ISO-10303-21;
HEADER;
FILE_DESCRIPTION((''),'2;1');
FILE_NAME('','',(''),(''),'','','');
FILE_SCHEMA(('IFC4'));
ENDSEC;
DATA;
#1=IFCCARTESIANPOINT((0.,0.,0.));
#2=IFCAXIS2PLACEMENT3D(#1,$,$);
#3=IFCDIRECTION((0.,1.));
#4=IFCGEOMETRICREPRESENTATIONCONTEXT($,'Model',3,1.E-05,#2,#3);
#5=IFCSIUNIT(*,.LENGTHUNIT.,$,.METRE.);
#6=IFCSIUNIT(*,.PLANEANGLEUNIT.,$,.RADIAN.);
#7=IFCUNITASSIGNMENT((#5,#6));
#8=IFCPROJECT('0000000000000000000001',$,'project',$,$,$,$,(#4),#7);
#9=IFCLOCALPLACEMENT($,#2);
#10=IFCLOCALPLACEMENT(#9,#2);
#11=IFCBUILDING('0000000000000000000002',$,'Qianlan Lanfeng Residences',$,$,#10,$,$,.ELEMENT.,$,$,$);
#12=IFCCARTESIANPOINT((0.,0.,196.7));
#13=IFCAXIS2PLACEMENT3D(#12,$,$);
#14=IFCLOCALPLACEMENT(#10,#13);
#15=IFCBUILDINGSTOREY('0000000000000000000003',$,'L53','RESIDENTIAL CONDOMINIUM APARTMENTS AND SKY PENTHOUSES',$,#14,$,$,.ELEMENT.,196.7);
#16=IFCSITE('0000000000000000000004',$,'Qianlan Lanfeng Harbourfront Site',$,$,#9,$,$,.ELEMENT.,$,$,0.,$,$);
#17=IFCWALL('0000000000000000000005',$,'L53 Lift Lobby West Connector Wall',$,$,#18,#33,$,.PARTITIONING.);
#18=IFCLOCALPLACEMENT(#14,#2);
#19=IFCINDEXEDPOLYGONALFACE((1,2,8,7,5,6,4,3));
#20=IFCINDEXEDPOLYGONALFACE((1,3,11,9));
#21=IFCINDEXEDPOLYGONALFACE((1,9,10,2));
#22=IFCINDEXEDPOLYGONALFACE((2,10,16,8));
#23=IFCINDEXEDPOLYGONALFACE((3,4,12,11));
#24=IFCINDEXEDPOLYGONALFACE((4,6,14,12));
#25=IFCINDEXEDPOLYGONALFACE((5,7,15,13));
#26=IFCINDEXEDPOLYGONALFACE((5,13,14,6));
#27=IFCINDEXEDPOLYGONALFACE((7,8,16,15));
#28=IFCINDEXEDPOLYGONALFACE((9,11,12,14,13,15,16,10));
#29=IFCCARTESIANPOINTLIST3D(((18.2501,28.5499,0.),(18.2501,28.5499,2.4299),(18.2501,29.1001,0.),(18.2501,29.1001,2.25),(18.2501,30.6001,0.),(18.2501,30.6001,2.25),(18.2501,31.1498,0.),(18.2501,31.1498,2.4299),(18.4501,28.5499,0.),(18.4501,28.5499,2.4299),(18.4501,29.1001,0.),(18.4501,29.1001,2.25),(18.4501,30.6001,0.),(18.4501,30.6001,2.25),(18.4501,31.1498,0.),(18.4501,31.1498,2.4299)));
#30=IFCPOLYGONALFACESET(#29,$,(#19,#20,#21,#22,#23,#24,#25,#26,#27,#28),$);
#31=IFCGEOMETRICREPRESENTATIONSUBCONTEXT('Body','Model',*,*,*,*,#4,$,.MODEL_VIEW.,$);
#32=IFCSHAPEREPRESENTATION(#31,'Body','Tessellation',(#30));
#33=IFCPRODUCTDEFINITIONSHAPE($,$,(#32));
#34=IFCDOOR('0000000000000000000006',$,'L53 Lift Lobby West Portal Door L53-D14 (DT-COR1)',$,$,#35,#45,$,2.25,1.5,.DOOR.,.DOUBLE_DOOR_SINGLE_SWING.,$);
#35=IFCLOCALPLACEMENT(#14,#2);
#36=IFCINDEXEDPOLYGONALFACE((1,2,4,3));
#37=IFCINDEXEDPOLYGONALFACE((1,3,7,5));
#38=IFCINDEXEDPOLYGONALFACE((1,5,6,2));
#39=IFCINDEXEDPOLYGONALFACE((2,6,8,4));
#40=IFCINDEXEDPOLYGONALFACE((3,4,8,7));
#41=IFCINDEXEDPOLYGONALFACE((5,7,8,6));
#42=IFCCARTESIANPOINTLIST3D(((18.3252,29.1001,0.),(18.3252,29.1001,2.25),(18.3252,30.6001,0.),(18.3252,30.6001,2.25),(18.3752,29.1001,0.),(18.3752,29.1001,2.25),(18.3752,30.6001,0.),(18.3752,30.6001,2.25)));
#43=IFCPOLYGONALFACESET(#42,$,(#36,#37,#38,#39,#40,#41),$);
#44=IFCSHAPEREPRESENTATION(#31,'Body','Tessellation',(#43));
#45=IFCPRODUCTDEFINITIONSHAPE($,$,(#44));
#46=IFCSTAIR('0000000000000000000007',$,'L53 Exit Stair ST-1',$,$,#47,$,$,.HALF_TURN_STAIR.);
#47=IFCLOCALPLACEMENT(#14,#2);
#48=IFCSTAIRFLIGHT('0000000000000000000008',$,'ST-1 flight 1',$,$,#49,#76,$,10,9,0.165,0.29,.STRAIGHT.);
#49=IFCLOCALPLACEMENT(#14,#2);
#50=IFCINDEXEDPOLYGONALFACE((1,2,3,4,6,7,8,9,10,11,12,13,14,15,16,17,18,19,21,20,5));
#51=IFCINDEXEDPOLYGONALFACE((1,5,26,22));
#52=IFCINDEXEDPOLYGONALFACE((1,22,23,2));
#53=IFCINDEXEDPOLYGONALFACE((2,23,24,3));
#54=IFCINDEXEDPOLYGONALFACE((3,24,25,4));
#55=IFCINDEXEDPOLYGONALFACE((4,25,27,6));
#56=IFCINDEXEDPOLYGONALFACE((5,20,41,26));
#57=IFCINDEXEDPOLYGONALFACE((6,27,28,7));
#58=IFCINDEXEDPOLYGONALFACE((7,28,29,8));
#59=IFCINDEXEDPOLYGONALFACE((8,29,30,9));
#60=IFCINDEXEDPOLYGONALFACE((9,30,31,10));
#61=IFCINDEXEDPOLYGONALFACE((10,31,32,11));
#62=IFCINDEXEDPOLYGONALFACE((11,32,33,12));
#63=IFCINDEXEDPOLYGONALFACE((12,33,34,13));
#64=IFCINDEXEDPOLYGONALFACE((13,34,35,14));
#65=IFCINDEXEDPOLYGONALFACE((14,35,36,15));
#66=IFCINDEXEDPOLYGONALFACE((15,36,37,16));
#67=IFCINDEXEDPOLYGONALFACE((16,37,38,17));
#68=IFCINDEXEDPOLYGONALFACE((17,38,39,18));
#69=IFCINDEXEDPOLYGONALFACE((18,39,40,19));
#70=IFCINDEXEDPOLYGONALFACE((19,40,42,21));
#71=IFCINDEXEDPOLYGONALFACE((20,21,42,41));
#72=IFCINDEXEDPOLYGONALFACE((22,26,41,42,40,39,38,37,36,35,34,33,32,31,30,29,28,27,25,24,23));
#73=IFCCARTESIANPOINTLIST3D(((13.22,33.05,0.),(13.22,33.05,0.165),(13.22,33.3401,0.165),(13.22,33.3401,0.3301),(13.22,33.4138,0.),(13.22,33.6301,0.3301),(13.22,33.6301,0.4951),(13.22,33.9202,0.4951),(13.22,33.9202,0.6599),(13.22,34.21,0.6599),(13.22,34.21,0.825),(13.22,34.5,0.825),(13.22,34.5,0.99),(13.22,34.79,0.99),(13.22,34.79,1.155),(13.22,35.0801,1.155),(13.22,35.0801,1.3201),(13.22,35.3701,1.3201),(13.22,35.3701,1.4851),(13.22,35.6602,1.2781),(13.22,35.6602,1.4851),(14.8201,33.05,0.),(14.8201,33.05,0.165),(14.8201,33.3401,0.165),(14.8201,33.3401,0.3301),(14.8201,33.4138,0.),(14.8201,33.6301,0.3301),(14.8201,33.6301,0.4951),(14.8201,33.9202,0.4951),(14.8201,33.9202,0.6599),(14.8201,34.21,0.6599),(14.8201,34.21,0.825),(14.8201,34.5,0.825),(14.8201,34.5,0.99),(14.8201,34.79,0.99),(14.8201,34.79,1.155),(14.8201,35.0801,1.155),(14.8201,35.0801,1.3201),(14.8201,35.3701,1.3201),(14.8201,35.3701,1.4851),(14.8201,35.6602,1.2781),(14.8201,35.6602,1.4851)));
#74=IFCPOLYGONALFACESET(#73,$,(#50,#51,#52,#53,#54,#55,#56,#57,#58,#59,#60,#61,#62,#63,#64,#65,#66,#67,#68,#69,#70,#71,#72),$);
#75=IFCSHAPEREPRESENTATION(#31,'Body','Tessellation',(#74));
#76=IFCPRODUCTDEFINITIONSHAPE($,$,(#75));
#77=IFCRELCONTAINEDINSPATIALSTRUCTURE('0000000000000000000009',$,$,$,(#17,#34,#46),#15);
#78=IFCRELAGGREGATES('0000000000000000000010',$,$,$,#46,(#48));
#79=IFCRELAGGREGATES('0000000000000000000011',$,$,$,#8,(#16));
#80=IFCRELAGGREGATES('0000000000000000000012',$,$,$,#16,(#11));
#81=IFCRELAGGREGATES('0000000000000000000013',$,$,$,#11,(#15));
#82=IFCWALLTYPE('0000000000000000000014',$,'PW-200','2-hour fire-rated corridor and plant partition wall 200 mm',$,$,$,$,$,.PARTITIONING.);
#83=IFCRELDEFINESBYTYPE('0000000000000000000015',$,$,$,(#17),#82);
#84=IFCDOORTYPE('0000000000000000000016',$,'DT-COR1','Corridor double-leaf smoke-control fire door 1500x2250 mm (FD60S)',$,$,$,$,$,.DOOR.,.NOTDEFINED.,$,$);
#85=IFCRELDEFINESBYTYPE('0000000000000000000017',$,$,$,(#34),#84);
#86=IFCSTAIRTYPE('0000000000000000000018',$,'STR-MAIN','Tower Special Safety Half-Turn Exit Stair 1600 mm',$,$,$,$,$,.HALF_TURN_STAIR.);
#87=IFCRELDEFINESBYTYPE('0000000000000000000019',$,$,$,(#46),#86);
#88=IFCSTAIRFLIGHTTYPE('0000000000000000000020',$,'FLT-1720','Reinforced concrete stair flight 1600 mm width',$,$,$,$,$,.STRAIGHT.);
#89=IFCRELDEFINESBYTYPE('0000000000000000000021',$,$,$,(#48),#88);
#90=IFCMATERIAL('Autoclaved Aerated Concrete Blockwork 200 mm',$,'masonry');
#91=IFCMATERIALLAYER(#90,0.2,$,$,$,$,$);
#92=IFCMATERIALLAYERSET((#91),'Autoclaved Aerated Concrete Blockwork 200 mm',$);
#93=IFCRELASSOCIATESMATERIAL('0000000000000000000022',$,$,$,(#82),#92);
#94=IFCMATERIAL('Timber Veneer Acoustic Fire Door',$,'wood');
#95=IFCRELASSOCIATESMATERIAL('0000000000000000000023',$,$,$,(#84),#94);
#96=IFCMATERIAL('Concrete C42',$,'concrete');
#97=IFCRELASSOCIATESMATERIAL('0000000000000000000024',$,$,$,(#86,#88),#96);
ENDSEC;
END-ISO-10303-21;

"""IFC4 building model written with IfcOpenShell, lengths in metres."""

from ifc_helpers import new_model, si_unit, direction, frame, frame_2d, origin, place, context, subcontext, project, spatial, polyline, rectangle, outline, extrude, material, layer, layer_set, type_object, element, fill, aggregate, save


model = new_model("IFC4")

# Units and contexts
model_context = context("Model", 3, precision=1e-05, world=origin(), true_north=direction((0.0, 1.0)))
body_context = subcontext(model_context, "Body", "Model", "MODEL_VIEW")
ifc_project = project(units=[si_unit("LENGTHUNIT", "METRE"), si_unit("PLANEANGLEUNIT", "RADIAN")], contexts=[model_context])

# Site, building, storey
site_placement = place(None, origin())
site = spatial("IfcSite", under=ifc_project, at=site_placement, Name="Qianlan Lanfeng Harbourfront Site", CompositionType="ELEMENT", RefElevation=0.0)
building_placement = place(site_placement, origin())
building = spatial("IfcBuilding", under=site, at=building_placement, Name="Qianlan Lanfeng Residences", CompositionType="ELEMENT")
storey_placement = place(building_placement, frame((0.0, 0.0, 196.7)))
storey = spatial("IfcBuildingStorey", under=building, at=storey_placement, Name="L53", Description="RESIDENTIAL CONDOMINIUM APARTMENTS AND SKY PENTHOUSES", CompositionType="ELEMENT", Elevation=196.7)

# Wall, opening, door
ifc_material_1 = material(Name="Autoclaved Aerated Concrete Blockwork 200 mm", Category="masonry")
ifc_layer_1 = layer(ifc_material_1, 0.2)
ifc_layer_set_1 = layer_set([ifc_layer_1], Name="Autoclaved Aerated Concrete Blockwork 200 mm")
wall_type_1 = type_object("IfcWallType", Name="PW-200", Description="2-hour fire-rated corridor and plant partition wall 200 mm", PredefinedType="PARTITIONING", material=ifc_layer_set_1)
wall_1_placement = place(storey_placement, frame((18.3501, 28.55, 0.0), z_axis=(0.0, 0.0, 1.0), x_axis=(0.0, 1.0, 0.0)))
wall_1 = element("IfcWall", 1, at=wall_1_placement, inside=storey, type_object=wall_type_1, Name="L53 Lift Lobby West Connector Wall", PredefinedType="PARTITIONING", context=body_context, shape_type="SweptSolid", body=[
    extrude(rectangle(XDim=2.5999, YDim=0.2, at=frame_2d((1.2998, 0.0))), origin(), (0.0, 0.0, 1.0), 2.4299),
])
opening_1_placement = place(wall_1_placement, frame((0.55, 0.0, 0.0)))
opening_1 = element("IfcOpeningElement", 2, at=opening_1_placement, cuts=wall_1, PredefinedType="OPENING", context=body_context, shape_type="SweptSolid", body=[
    extrude(rectangle(XDim=1.5, YDim=2.25, at=frame_2d((0.75, 1.125))), frame((0.0, 0.1099, 0.0), z_axis=(0.0, -1.0, 0.0), x_axis=(1.0, 0.0, 0.0)), (0.0, 0.0, 1.0), 0.22),
])
ifc_material_2 = material(Name="Timber Veneer Acoustic Fire Door", Category="wood")
door_type_1 = type_object("IfcDoorType", Name="DT-COR1", Description="Corridor double-leaf smoke-control fire door 1500x2250 mm (FD60S)", OperationType="NOTDEFINED", PredefinedType="DOOR", material=ifc_material_2)
door_1_placement = place(opening_1_placement, origin())
door_1 = element("IfcDoor", 3, at=door_1_placement, inside=storey, type_object=door_type_1, Name="L53 Lift Lobby West Portal Door L53-D14 (DT-COR1)", OperationType="DOUBLE_DOOR_SINGLE_SWING", OverallHeight=2.25, OverallWidth=1.5, PredefinedType="DOOR", context=body_context, shape_type="SweptSolid", body=[
    extrude(rectangle(XDim=1.5, YDim=2.25, at=frame_2d((0.75, 1.125))), frame((0.0, 0.0249, 0.0), z_axis=(0.0, -1.0, 0.0), x_axis=(1.0, 0.0, 0.0)), (0.0, 0.0, 1.0), 0.05),
])
fill(opening_1, door_1)

# Stair, stair flight
ifc_material_3 = material(Name="Concrete C42", Category="concrete")
stair_type = type_object("IfcStairType", Name="STR-MAIN", Description="Tower Special Safety Half-Turn Exit Stair 1600 mm", PredefinedType="HALF_TURN_STAIR", material=ifc_material_3)
stair_placement = place(storey_placement, origin())
stair = element("IfcStair", 4, at=stair_placement, inside=storey, type_object=stair_type, Name="L53 Exit Stair ST-1", PredefinedType="HALF_TURN_STAIR")
stair_flight_type = type_object("IfcStairFlightType", Name="FLT-1720", Description="Reinforced concrete stair flight 1600 mm width", PredefinedType="STRAIGHT", material=ifc_material_3)
stair_flight_placement = place(storey_placement, frame((14.02, 33.05, 0.0), z_axis=(0.0, 0.0, 1.0), x_axis=(0.0, 1.0, 0.0)))
stair_flight = element("IfcStairFlight", 5, at=stair_flight_placement, type_object=stair_flight_type, Name="ST-1 flight 1", NumberOfRisers=10, NumberOfTreads=9, PredefinedType="STRAIGHT", RiserHeight=0.165, TreadLength=0.29, context=body_context, shape_type="SweptSolid", body=[
    extrude(outline(polyline([(0.0, 0.0), (0.0, 0.165), (0.29, 0.165), (0.29, 0.3301), (0.5801, 0.3301), (0.5801, 0.4951), (0.8701, 0.4951), (0.8701, 0.6599), (1.1599, 0.6599), (1.1599, 0.825), (1.45, 0.825), (1.45, 0.99), (1.74, 0.99), (1.74, 1.155), (2.03, 1.155), (2.03, 1.3201), (2.3201, 1.3201), (2.3201, 1.4851), (2.6101, 1.4851), (2.6101, 1.6499), (2.6101, 1.2781), (0.3638, 0.0), (0.0, 0.0)])), frame((0.0, 0.8, 0.0), z_axis=(0.0, -1.0, 0.0), x_axis=(1.0, 0.0, 0.0)), (0.0, 0.0, 1.0), 1.6001),
])
aggregate(stair, [stair_flight])

save(model, "model.ifc")
